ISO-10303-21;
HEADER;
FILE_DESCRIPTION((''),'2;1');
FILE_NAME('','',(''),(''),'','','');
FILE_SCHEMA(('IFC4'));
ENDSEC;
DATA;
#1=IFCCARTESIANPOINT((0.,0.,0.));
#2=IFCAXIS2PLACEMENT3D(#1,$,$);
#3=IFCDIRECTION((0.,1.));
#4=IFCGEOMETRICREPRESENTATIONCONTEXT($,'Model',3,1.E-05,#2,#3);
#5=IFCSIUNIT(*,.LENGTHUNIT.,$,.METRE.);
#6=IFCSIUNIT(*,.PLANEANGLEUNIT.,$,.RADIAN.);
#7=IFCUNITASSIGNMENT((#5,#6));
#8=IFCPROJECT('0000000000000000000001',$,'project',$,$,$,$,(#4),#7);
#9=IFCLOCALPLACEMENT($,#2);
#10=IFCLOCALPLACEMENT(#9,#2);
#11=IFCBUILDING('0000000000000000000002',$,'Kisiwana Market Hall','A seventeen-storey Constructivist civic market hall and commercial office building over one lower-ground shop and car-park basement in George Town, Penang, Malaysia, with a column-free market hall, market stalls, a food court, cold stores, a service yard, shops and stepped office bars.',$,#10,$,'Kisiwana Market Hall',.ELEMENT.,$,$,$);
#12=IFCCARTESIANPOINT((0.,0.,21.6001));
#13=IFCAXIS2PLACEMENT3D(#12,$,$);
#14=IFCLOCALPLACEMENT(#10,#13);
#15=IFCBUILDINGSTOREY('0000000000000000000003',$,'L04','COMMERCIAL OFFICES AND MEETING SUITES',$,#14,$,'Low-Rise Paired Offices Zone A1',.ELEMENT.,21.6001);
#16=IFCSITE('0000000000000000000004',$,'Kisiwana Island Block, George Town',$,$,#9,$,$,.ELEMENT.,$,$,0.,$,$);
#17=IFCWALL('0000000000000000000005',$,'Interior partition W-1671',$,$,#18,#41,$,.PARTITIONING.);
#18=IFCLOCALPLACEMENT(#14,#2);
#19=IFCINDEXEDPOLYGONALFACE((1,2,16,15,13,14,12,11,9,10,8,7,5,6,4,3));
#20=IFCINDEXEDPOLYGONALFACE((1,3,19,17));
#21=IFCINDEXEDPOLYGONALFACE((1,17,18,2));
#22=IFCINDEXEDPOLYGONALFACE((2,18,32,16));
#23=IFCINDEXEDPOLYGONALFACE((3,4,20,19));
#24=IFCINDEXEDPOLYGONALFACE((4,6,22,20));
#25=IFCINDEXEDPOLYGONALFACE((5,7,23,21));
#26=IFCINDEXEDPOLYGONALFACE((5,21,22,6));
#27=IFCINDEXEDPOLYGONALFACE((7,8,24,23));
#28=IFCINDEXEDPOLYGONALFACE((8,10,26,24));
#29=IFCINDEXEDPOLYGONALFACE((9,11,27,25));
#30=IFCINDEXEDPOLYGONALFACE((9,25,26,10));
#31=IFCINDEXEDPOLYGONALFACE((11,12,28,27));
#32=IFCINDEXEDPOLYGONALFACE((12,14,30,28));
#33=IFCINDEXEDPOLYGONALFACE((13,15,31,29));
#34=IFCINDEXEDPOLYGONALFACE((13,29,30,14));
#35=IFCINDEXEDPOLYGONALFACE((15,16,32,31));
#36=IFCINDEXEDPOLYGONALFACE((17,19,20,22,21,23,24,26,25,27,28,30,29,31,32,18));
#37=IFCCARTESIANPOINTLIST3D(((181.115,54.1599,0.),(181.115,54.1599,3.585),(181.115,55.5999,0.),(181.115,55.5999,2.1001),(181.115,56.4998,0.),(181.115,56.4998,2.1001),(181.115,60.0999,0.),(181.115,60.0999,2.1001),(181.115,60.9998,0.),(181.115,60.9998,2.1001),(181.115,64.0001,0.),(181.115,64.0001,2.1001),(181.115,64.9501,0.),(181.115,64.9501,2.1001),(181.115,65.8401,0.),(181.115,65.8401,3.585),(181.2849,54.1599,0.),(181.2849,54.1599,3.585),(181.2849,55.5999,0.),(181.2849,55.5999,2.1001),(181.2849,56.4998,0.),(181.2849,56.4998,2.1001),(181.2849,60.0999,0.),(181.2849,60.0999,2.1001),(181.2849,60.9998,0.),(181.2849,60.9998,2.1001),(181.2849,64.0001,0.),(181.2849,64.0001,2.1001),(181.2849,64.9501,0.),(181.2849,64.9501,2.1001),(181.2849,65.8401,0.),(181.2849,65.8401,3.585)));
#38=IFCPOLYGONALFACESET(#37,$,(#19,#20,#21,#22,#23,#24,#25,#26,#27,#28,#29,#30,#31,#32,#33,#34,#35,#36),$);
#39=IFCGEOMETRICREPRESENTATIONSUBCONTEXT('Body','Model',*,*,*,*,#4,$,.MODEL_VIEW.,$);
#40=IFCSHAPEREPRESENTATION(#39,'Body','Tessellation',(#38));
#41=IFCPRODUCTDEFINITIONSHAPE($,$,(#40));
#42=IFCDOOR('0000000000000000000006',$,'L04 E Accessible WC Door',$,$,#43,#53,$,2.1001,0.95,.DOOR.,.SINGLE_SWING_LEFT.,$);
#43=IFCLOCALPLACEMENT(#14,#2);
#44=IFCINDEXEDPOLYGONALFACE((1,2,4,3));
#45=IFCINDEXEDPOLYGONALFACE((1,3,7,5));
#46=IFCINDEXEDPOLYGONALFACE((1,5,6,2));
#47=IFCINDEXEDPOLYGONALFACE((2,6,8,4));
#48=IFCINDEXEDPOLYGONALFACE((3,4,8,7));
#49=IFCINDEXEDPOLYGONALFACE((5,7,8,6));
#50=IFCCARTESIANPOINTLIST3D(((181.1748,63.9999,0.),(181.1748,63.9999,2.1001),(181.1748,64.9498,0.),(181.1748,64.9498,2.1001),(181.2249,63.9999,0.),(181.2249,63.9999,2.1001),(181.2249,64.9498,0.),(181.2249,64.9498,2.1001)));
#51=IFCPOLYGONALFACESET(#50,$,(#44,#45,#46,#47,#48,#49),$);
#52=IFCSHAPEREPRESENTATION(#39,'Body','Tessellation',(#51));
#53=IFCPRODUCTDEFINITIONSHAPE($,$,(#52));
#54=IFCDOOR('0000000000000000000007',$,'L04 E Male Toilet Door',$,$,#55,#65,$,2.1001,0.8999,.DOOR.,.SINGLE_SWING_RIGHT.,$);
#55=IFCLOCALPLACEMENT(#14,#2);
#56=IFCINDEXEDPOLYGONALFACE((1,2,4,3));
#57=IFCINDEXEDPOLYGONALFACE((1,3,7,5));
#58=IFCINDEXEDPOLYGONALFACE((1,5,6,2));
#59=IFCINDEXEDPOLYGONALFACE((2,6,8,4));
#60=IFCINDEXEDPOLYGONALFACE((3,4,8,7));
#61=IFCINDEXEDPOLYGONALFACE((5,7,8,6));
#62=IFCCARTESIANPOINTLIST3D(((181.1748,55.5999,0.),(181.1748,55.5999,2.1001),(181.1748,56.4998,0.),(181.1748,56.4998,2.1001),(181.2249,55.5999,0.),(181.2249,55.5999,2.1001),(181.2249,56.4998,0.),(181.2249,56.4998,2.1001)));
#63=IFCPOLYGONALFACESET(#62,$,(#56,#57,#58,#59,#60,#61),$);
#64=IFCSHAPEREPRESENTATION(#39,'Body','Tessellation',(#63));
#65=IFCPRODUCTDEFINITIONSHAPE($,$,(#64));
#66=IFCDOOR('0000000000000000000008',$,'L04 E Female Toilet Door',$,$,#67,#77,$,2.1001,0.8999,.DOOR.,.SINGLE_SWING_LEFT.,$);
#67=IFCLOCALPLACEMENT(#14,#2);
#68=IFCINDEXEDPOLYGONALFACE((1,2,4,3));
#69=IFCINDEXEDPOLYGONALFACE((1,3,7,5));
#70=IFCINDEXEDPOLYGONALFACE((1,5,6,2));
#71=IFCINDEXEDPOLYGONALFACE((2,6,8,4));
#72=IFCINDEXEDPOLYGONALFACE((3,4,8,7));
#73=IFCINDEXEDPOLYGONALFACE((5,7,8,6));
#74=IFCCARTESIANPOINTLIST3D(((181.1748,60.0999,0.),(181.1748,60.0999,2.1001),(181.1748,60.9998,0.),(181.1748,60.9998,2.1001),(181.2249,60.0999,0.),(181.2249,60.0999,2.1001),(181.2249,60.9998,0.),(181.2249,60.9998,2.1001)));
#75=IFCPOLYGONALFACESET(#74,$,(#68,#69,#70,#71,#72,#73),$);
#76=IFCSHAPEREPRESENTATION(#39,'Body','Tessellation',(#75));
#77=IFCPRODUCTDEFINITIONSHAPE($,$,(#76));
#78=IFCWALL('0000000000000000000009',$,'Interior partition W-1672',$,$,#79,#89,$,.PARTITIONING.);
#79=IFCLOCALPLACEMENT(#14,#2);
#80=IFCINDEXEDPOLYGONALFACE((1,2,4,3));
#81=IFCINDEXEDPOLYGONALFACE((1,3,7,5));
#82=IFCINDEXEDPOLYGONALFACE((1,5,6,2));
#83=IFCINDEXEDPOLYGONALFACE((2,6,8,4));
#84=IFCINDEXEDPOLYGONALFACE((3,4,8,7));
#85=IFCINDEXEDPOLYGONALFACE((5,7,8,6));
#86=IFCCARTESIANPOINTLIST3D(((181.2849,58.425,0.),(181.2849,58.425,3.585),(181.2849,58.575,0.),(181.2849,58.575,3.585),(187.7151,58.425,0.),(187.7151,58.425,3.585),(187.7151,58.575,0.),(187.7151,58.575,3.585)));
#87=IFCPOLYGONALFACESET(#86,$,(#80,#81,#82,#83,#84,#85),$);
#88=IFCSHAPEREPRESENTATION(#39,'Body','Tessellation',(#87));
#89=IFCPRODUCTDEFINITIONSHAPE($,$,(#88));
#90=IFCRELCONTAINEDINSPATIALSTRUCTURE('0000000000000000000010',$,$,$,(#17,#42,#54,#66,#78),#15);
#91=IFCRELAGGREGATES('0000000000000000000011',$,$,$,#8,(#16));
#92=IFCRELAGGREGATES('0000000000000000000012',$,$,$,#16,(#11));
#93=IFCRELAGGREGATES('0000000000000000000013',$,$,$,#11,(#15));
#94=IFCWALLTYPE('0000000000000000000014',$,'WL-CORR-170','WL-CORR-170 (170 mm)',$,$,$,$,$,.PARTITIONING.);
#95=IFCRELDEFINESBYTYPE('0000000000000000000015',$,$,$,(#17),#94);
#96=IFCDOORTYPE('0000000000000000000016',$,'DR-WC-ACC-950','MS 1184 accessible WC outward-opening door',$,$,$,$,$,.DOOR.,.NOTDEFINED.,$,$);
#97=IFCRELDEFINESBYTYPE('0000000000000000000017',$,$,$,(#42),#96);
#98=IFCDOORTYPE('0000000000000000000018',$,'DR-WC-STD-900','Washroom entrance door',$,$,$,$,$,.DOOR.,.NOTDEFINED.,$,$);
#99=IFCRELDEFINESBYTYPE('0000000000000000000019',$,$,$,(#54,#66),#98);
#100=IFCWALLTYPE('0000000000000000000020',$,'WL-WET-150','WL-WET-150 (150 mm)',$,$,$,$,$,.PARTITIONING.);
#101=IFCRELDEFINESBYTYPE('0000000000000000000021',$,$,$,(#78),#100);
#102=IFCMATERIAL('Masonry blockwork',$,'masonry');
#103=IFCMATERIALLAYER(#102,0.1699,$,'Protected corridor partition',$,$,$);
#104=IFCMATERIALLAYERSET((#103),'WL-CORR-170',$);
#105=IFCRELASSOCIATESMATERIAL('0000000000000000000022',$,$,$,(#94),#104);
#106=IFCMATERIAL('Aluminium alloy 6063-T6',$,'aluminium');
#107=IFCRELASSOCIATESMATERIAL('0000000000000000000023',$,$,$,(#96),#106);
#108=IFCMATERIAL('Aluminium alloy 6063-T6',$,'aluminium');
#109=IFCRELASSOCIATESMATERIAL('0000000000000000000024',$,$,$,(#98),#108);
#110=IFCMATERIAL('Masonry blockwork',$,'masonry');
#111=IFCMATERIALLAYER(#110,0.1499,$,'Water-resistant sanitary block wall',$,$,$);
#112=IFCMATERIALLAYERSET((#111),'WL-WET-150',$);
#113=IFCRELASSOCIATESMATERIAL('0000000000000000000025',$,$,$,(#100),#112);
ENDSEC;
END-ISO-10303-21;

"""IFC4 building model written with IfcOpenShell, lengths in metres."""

from ifc_helpers import new_model, si_unit, direction, frame, frame_2d, origin, place, context, subcontext, project, spatial, rectangle, extrude, material, layer, layer_set, type_object, element, fill, save


model = new_model("IFC4")

# Units and contexts
model_context = context("Model", 3, precision=1e-05, world=origin(), true_north=direction((0.0, 1.0)))
body_context = subcontext(model_context, "Body", "Model", "MODEL_VIEW")
ifc_project = project(units=[si_unit("LENGTHUNIT", "METRE"), si_unit("PLANEANGLEUNIT", "RADIAN")], contexts=[model_context])

# Site, building, storey
site_placement = place(None, origin())
site = spatial("IfcSite", under=ifc_project, at=site_placement, Name="Kisiwana Island Block, George Town", CompositionType="ELEMENT", RefElevation=0.0)
building_placement = place(site_placement, origin())
building = spatial("IfcBuilding", under=site, at=building_placement, Name="Kisiwana Market Hall", Description="A seventeen-storey Constructivist civic market hall and commercial office building over one lower-ground shop and car-park basement in George Town, Penang, Malaysia, with a column-free market hall, market stalls, a food court, cold stores, a service yard, shops and stepped office bars.", LongName="Kisiwana Market Hall", CompositionType="ELEMENT")
storey_placement = place(building_placement, frame((0.0, 0.0, 21.6001)))
storey = spatial("IfcBuildingStorey", under=building, at=storey_placement, Name="L04", Description="COMMERCIAL OFFICES AND MEETING SUITES", LongName="Low-Rise Paired Offices Zone A1", CompositionType="ELEMENT", Elevation=21.6001)

# Shared definitions
ifc_material_1 = material(Name="Masonry blockwork", Category="masonry")
ifc_layer_1 = layer(ifc_material_1, 0.1699, Name="Protected corridor partition")
ifc_layer_set_1 = layer_set([ifc_layer_1], Name="WL-CORR-170")
wall_type_1 = type_object("IfcWallType", Name="WL-CORR-170", Description="WL-CORR-170 (170 mm)", PredefinedType="PARTITIONING", material=ifc_layer_set_1)

# Wall, openings, doors
wall_1_placement = place(storey_placement, frame((181.2, 54.1599, 0.0), z_axis=(0.0, 0.0, 1.0), x_axis=(0.0, 1.0, 0.0)))
wall_1 = element("IfcWall", 1, at=wall_1_placement, inside=storey, type_object=wall_type_1, Name="Interior partition W-1671", PredefinedType="PARTITIONING", context=body_context, shape_type="SweptSolid", body=[
    extrude(rectangle(XDim=11.6802, YDim=0.1699, at=frame_2d((5.8401, 0.0))), origin(), (0.0, 0.0, 1.0), 3.585),
])
opening_1_placement = place(wall_1_placement, frame((1.4399, 0.0, 0.0)))
opening_1 = element("IfcOpeningElement", 2, at=opening_1_placement, cuts=wall_1, PredefinedType="OPENING", context=body_context, shape_type="SweptSolid", body=[
    extrude(rectangle(XDim=0.8999, YDim=2.1001, at=frame_2d((0.45, 1.05))), frame((0.0, 0.0969, 0.0), z_axis=(0.0, -1.0, 0.0), x_axis=(1.0, 0.0, 0.0)), (0.0, 0.0, 1.0), 0.1938),
])
opening_2_placement = place(wall_1_placement, frame((5.9399, 0.0, 0.0)))
opening_2 = element("IfcOpeningElement", 3, at=opening_2_placement, cuts=wall_1, PredefinedType="OPENING", context=body_context, shape_type="SweptSolid", body=[
    extrude(rectangle(XDim=0.8999, YDim=2.1001, at=frame_2d((0.45, 1.05))), frame((0.0, 0.0969, 0.0), z_axis=(0.0, -1.0, 0.0), x_axis=(1.0, 0.0, 0.0)), (0.0, 0.0, 1.0), 0.1938),
])
opening_3_placement = place(wall_1_placement, frame((9.8401, 0.0, 0.0)))
opening_3 = element("IfcOpeningElement", 4, at=opening_3_placement, cuts=wall_1, PredefinedType="OPENING", context=body_context, shape_type="SweptSolid", body=[
    extrude(rectangle(XDim=0.95, YDim=2.1001, at=frame_2d((0.4751, 1.05))), frame((0.0, 0.0969, 0.0), z_axis=(0.0, -1.0, 0.0), x_axis=(1.0, 0.0, 0.0)), (0.0, 0.0, 1.0), 0.1938),
])
ifc_material_2 = material(Name="Aluminium alloy 6063-T6", Category="aluminium")
door_type_1 = type_object("IfcDoorType", Name="DR-WC-ACC-950", Description="MS 1184 accessible WC outward-opening door", OperationType="NOTDEFINED", PredefinedType="DOOR", material=ifc_material_2)
door_1_placement = place(opening_3_placement, frame((0.95, 0.0, 0.0), z_axis=(0.0, 0.0, 1.0), x_axis=(-1.0, 0.0, 0.0)))
door_1 = element("IfcDoor", 5, at=door_1_placement, inside=storey, type_object=door_type_1, Name="L04 E Accessible WC Door", OperationType="SINGLE_SWING_LEFT", OverallHeight=2.1001, OverallWidth=0.95, PredefinedType="DOOR", context=body_context, shape_type="SweptSolid", body=[
    extrude(rectangle(XDim=0.95, YDim=2.1001, at=frame_2d((0.4751, 1.05))), frame((0.0, 0.0249, 0.0), z_axis=(0.0, -1.0, 0.0), x_axis=(1.0, 0.0, 0.0)), (0.0, 0.0, 1.0), 0.05),
])
fill(opening_3, door_1)
ifc_material_3 = material(Name="Aluminium alloy 6063-T6", Category="aluminium")
door_type_2 = type_object("IfcDoorType", Name="DR-WC-STD-900", Description="Washroom entrance door", OperationType="NOTDEFINED", PredefinedType="DOOR", material=ifc_material_3)
door_2_placement = place(opening_1_placement, frame((0.8999, 0.0, 0.0), z_axis=(0.0, 0.0, 1.0), x_axis=(-1.0, 0.0, 0.0)))
door_2 = element("IfcDoor", 6, at=door_2_placement, inside=storey, type_object=door_type_2, Name="L04 E Male Toilet Door", OperationType="SINGLE_SWING_RIGHT", OverallHeight=2.1001, OverallWidth=0.8999, PredefinedType="DOOR", context=body_context, shape_type="SweptSolid", body=[
    extrude(rectangle(XDim=0.8999, YDim=2.1001, at=frame_2d((0.45, 1.05))), frame((0.0, 0.0249, 0.0), z_axis=(0.0, -1.0, 0.0), x_axis=(1.0, 0.0, 0.0)), (0.0, 0.0, 1.0), 0.05),
])
fill(opening_1, door_2)
door_3_placement = place(opening_2_placement, frame((0.8999, 0.0, 0.0), z_axis=(0.0, 0.0, 1.0), x_axis=(-1.0, 0.0, 0.0)))
door_3 = element("IfcDoor", 7, at=door_3_placement, inside=storey, type_object=door_type_2, Name="L04 E Female Toilet Door", OperationType="SINGLE_SWING_LEFT", OverallHeight=2.1001, OverallWidth=0.8999, PredefinedType="DOOR", context=body_context, shape_type="SweptSolid", body=[
    extrude(rectangle(XDim=0.8999, YDim=2.1001, at=frame_2d((0.45, 1.05))), frame((0.0, 0.0249, 0.0), z_axis=(0.0, -1.0, 0.0), x_axis=(1.0, 0.0, 0.0)), (0.0, 0.0, 1.0), 0.05),
])
fill(opening_2, door_3)

# Wall
ifc_material_4 = material(Name="Masonry blockwork", Category="masonry")
ifc_layer_2 = layer(ifc_material_4, 0.1499, Name="Water-resistant sanitary block wall")
ifc_layer_set_2 = layer_set([ifc_layer_2], Name="WL-WET-150")
wall_type_2 = type_object("IfcWallType", Name="WL-WET-150", Description="WL-WET-150 (150 mm)", PredefinedType="PARTITIONING", material=ifc_layer_set_2)
wall_2_placement = place(storey_placement, frame((181.2849, 58.5, 0.0), z_axis=(0.0, 0.0, 1.0), x_axis=(1.0, 0.0, 0.0)))
element("IfcWall", 8, at=wall_2_placement, inside=storey, type_object=wall_type_2, Name="Interior partition W-1672", PredefinedType="PARTITIONING", context=body_context, shape_type="SweptSolid", body=[
    extrude(rectangle(XDim=6.4302, YDim=0.1499, at=frame_2d((3.2151, 0.0))), origin(), (0.0, 0.0, 1.0), 3.585),
])

save(model, "model.ifc")
